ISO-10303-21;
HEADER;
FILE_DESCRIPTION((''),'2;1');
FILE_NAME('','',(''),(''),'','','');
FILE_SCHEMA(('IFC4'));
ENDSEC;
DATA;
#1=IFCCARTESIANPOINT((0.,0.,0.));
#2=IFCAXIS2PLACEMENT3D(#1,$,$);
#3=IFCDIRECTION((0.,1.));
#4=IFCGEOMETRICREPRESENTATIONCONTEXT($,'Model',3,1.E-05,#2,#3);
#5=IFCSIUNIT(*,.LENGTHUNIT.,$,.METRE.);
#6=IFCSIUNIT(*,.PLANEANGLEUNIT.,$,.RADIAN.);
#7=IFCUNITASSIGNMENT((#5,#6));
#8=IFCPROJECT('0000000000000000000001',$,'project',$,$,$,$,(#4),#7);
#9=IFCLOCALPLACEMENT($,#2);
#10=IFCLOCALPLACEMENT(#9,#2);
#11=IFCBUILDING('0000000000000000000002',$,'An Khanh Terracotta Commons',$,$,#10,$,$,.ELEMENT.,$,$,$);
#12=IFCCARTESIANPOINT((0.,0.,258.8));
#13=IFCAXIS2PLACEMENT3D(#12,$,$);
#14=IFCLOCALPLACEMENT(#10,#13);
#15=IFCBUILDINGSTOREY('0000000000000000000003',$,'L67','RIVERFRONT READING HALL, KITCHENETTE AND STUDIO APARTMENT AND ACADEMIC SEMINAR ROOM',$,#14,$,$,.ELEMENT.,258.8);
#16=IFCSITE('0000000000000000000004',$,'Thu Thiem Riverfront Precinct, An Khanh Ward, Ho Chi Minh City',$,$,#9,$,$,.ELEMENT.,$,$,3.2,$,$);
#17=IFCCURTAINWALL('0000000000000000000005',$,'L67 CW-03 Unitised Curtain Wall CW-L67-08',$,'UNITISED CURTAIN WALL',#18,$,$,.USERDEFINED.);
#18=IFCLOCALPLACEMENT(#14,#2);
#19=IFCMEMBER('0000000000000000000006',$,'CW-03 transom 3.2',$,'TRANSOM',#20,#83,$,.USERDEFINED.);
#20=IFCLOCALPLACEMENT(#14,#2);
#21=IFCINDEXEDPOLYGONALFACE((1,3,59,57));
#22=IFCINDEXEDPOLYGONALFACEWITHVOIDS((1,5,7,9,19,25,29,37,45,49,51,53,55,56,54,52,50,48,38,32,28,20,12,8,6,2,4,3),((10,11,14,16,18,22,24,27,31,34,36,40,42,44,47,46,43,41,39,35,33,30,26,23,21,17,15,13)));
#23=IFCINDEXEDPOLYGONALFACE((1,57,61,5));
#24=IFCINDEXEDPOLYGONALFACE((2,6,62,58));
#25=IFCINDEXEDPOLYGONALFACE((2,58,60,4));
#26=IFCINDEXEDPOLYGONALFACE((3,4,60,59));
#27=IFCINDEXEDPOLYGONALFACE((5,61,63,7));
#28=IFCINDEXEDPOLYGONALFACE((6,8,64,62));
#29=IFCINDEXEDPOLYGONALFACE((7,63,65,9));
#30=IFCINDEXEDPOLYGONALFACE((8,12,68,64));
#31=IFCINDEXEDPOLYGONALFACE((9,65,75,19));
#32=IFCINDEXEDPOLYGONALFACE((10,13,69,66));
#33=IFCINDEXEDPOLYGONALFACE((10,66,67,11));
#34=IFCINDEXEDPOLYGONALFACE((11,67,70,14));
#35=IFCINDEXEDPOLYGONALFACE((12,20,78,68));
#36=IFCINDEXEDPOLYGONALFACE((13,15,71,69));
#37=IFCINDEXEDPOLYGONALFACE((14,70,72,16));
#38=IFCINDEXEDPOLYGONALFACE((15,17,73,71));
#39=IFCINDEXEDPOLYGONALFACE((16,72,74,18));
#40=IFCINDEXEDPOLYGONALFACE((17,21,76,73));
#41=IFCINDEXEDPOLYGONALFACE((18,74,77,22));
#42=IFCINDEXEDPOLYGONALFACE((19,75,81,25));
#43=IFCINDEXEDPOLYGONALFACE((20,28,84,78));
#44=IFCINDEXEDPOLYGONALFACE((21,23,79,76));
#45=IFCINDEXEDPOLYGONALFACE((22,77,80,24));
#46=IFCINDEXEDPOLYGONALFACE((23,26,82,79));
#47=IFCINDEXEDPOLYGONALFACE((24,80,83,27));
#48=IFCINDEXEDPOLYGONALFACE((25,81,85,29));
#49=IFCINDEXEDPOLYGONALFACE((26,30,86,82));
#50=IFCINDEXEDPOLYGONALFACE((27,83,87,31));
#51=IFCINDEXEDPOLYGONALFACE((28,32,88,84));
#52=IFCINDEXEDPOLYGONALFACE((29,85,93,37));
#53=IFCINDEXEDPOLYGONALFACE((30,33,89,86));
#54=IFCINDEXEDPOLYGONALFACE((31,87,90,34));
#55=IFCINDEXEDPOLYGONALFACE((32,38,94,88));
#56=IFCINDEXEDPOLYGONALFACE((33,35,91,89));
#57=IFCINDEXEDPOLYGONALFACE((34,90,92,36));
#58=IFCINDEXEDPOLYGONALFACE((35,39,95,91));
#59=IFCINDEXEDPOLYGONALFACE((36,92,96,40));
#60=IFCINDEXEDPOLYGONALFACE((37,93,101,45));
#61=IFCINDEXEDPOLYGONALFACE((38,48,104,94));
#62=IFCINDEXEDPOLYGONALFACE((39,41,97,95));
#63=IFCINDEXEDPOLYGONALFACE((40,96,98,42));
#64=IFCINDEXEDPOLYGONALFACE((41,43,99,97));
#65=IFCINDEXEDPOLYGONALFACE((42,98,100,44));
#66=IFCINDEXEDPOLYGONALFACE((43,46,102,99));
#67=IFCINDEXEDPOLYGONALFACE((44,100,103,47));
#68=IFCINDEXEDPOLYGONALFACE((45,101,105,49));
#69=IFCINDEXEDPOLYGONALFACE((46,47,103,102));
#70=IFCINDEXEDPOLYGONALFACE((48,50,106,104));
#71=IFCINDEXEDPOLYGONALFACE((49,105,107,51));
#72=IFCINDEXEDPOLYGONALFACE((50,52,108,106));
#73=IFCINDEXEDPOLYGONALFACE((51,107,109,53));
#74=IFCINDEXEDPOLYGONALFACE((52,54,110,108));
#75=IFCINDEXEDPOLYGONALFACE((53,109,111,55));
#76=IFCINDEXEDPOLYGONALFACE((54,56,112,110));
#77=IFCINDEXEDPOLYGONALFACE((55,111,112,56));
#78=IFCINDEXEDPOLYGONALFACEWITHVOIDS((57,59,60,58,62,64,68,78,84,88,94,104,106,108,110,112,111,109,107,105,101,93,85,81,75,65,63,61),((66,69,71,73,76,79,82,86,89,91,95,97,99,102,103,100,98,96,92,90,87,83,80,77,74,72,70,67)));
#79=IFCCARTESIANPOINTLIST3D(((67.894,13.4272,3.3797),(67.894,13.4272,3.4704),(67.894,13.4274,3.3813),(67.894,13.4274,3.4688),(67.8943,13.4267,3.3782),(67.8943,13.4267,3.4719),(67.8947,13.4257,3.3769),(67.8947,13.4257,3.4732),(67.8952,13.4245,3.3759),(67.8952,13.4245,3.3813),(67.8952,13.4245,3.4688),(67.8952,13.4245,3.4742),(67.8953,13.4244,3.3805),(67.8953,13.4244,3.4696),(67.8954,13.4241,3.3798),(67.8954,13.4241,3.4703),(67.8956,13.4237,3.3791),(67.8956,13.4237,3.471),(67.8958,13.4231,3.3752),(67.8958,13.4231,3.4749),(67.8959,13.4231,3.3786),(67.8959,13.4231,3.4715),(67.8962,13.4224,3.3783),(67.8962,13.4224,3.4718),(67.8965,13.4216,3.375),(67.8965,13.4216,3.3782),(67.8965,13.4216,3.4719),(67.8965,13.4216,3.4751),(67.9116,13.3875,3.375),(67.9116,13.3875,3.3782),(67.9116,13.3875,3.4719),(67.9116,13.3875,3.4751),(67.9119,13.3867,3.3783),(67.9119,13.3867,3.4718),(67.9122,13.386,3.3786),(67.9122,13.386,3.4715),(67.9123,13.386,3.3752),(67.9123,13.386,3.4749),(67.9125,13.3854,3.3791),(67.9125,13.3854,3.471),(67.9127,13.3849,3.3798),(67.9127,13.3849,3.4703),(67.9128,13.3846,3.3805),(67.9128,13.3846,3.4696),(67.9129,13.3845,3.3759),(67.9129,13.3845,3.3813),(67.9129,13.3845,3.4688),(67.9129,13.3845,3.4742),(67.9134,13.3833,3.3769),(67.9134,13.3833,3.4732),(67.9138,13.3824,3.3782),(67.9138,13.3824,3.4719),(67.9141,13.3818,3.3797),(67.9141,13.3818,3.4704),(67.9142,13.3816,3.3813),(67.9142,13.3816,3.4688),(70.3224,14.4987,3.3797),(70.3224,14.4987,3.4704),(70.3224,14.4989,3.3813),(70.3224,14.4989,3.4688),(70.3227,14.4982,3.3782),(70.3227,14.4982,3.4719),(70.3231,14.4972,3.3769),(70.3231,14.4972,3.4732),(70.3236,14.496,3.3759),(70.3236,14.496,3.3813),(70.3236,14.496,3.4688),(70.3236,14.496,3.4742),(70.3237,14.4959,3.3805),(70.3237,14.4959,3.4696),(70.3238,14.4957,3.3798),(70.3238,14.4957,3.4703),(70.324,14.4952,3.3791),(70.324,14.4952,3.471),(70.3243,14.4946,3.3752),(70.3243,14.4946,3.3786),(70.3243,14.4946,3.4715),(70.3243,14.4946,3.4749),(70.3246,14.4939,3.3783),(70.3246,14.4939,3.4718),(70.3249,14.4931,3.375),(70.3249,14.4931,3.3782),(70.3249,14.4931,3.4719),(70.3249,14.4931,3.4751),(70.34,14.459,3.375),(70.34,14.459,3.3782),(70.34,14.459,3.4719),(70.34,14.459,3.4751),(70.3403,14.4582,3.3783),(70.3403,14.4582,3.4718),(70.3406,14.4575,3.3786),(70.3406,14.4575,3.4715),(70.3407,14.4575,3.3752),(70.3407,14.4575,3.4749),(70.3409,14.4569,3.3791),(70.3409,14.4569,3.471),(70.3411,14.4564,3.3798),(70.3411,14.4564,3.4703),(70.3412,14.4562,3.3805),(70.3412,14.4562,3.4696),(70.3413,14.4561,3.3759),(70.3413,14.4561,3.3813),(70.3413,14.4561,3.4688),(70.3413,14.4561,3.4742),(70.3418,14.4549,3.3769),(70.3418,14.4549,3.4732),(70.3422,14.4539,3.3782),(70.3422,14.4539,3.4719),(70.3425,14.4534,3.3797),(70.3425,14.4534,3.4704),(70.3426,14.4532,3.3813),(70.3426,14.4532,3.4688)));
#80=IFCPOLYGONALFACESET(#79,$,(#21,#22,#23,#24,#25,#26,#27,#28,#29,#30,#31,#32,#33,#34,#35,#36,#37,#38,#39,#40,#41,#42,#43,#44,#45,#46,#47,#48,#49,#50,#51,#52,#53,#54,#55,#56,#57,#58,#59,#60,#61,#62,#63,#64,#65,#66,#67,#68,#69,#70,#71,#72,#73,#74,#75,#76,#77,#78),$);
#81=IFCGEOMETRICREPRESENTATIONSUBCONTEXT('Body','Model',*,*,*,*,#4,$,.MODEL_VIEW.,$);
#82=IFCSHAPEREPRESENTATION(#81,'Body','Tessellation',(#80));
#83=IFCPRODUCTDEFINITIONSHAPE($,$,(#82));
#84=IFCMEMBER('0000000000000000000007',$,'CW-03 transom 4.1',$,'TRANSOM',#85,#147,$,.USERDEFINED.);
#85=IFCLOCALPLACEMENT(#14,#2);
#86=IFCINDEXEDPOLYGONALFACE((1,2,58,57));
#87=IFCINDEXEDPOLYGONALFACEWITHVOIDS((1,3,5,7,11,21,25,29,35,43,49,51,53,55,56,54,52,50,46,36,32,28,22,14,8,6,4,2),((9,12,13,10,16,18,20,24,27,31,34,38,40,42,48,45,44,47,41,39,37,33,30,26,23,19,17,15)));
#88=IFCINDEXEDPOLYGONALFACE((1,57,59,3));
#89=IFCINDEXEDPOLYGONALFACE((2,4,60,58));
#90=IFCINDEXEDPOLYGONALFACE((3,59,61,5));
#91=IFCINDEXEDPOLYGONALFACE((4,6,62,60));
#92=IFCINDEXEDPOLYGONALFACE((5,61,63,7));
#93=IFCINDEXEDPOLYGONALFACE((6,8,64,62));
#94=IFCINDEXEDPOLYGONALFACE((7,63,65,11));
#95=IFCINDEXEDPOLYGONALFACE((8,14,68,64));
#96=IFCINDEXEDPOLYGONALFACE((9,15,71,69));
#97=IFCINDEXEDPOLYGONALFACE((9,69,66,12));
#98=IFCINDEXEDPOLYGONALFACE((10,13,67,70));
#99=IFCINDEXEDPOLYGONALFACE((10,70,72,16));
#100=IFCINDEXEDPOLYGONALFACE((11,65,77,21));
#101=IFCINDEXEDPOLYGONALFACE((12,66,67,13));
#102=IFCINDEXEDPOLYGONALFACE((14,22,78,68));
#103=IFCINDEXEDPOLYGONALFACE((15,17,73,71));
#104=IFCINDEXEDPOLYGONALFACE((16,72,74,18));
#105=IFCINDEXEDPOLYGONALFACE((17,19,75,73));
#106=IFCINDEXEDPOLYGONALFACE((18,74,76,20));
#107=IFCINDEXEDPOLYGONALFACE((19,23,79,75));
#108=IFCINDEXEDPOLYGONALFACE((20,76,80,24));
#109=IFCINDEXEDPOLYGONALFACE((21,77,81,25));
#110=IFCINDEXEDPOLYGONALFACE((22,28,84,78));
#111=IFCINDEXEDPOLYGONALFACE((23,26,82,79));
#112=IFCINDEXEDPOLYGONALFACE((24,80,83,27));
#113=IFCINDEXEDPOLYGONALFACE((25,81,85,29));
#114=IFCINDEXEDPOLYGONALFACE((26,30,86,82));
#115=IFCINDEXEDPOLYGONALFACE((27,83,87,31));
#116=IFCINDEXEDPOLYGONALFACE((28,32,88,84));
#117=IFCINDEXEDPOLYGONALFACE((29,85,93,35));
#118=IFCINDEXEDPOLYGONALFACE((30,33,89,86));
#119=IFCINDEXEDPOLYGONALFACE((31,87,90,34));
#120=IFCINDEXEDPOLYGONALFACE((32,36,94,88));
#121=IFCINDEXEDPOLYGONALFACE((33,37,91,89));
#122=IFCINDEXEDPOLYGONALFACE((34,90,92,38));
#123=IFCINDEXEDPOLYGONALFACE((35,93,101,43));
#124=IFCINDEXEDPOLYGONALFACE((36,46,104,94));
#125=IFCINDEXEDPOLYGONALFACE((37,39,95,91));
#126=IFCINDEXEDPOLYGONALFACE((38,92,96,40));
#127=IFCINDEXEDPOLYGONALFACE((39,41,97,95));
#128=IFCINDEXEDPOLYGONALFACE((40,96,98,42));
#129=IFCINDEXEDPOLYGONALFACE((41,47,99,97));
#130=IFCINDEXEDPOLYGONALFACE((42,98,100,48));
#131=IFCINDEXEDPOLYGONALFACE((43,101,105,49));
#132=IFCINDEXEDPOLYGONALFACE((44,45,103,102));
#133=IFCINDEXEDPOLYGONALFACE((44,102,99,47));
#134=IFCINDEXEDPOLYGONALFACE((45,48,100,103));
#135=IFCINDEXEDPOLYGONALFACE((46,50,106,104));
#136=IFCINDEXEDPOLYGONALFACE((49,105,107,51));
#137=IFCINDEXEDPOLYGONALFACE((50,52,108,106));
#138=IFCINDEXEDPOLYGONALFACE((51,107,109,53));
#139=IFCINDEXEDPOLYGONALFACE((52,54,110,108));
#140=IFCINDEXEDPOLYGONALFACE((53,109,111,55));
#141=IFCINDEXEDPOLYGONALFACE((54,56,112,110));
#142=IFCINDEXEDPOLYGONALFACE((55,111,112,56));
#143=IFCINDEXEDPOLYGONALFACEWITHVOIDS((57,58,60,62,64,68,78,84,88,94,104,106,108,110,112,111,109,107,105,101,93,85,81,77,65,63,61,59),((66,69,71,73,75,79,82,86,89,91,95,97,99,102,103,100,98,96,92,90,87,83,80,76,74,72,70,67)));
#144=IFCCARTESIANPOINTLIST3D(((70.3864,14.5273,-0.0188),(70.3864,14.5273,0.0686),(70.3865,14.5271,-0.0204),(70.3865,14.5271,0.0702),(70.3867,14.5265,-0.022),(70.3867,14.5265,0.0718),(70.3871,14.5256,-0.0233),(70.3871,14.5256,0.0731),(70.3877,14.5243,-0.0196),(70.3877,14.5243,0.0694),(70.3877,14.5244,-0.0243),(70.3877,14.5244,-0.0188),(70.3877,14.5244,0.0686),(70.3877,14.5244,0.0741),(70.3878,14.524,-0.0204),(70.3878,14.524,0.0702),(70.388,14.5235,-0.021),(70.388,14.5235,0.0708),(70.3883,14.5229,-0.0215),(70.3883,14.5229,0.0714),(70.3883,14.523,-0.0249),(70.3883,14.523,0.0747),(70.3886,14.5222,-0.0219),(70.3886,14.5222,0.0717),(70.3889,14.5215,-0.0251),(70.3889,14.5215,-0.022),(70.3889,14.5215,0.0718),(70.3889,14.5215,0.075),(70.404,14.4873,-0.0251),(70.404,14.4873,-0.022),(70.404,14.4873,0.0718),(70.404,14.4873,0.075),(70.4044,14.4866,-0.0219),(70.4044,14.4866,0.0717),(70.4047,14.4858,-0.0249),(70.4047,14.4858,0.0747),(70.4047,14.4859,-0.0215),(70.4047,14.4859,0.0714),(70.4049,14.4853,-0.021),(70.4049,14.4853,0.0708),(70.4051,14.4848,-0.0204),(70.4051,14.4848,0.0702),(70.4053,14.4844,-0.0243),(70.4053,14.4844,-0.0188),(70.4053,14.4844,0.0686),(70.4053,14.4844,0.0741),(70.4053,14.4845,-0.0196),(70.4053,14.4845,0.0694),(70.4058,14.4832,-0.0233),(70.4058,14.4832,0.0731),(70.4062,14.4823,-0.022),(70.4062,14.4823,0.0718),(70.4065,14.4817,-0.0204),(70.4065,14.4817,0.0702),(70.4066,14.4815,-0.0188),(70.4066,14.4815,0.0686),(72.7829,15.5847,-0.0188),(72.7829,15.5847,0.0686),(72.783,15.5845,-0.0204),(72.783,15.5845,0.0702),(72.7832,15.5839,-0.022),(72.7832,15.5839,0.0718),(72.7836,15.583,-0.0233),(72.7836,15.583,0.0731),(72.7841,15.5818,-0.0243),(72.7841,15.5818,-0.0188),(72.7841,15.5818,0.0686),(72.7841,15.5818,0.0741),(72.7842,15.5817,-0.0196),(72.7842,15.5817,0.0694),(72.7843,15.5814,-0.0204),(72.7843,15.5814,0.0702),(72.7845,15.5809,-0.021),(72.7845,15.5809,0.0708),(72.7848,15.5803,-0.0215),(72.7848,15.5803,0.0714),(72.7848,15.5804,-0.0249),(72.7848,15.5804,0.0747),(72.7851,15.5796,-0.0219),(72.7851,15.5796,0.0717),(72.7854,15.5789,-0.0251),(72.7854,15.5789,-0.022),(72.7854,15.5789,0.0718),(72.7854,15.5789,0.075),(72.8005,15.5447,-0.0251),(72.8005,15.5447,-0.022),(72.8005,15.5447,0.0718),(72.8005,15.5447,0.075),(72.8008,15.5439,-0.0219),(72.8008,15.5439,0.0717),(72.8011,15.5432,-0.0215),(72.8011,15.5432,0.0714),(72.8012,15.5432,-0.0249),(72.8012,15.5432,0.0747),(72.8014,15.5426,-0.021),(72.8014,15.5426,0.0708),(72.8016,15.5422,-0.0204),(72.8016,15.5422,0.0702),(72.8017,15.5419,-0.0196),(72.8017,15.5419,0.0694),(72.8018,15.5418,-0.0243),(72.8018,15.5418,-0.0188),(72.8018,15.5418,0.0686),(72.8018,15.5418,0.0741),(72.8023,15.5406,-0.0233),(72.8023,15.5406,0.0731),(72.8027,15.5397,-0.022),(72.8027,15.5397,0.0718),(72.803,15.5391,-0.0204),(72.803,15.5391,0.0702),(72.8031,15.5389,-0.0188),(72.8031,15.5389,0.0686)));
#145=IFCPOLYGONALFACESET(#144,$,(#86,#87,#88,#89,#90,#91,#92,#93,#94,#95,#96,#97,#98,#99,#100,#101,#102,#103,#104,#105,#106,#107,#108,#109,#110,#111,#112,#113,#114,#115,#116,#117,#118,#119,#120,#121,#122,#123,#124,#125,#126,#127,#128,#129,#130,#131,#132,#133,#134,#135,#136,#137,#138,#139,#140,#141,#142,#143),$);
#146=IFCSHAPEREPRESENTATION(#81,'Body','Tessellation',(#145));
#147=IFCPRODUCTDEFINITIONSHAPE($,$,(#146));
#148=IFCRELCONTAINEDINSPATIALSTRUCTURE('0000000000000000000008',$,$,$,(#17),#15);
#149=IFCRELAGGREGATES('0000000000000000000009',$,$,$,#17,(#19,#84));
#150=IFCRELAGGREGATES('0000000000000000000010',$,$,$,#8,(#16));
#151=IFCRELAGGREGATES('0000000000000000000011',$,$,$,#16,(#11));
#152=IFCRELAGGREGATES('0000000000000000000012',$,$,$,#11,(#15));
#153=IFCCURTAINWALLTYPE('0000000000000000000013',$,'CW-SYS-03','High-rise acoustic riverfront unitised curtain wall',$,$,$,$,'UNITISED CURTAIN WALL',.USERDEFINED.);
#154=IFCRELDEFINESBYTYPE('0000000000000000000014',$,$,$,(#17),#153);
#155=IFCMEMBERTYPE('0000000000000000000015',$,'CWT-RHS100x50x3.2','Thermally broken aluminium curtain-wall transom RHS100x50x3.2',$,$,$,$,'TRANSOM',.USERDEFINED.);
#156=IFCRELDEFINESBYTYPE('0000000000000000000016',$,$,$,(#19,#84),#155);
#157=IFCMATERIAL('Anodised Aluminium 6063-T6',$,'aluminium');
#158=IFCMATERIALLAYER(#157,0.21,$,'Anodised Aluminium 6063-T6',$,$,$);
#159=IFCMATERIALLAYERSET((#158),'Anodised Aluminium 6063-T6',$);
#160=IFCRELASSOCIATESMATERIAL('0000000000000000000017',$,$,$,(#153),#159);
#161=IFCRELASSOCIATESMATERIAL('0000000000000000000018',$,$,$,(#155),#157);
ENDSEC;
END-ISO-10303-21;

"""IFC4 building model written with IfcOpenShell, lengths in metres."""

from ifc_helpers import new_model, si_unit, direction, frame, origin, origin_2d, place, context, subcontext, project, spatial, hollow_rectangle, extrude, material, layer, layer_set, material_profile, profile_set, type_object, element, aggregate, save


model = new_model("IFC4")

# Units and contexts
model_context = context("Model", 3, precision=1e-05, world=origin(), true_north=direction((0.0, 1.0)))
body_context = subcontext(model_context, "Body", "Model", "MODEL_VIEW")
ifc_project = project(units=[si_unit("LENGTHUNIT", "METRE"), si_unit("PLANEANGLEUNIT", "RADIAN")], contexts=[model_context])

# Site, building, storey
site_placement = place(None, origin())
site = spatial("IfcSite", under=ifc_project, at=site_placement, Name="Thu Thiem Riverfront Precinct, An Khanh Ward, Ho Chi Minh City", CompositionType="ELEMENT", RefElevation=3.2)
building_placement = place(site_placement, origin())
building = spatial("IfcBuilding", under=site, at=building_placement, Name="An Khanh Terracotta Commons", CompositionType="ELEMENT")
storey_placement = place(building_placement, frame((0.0, 0.0, 258.8)))
storey = spatial("IfcBuildingStorey", under=building, at=storey_placement, Name="L67", Description="RIVERFRONT READING HALL, KITCHENETTE AND STUDIO APARTMENT AND ACADEMIC SEMINAR ROOM", CompositionType="ELEMENT", Elevation=258.8)

# Curtain wall
ifc_material_1 = material(Name="Anodised Aluminium 6063-T6", Category="aluminium")
ifc_layer_1 = layer(ifc_material_1, 0.21, Name="Anodised Aluminium 6063-T6")
ifc_layer_set_1 = layer_set([ifc_layer_1], Name="Anodised Aluminium 6063-T6")
curtain_wall_type = type_object("IfcCurtainWallType", Name="CW-SYS-03", Description="High-rise acoustic riverfront unitised curtain wall", ElementType="UNITISED CURTAIN WALL", PredefinedType="USERDEFINED", material=ifc_layer_set_1)
curtain_wall_1_placement = place(storey_placement, origin())
curtain_wall_1 = element("IfcCurtainWall", 1, at=curtain_wall_1_placement, inside=storey, type_object=curtain_wall_type, Name="L67 CW-03 Unitised Curtain Wall CW-L67-08", ObjectType="UNITISED CURTAIN WALL", PredefinedType="USERDEFINED")

# Members
ifc_material_profile_1 = material_profile(ifc_material_1, hollow_rectangle(XDim=0.05, YDim=0.1001, WallThickness=0.0032, InnerFilletRadius=0.0032, OuterFilletRadius=0.0063, at=origin_2d()), Name="RHS100x50x3.2")
ifc_profile_set_1 = profile_set([ifc_material_profile_1], Name="Anodised Aluminium 6063-T6")
member_type_1 = type_object("IfcMemberType", Name="CWT-RHS100x50x3.2", Description="Thermally broken aluminium curtain-wall transom RHS100x50x3.2", ElementType="TRANSOM", PredefinedType="USERDEFINED", material=ifc_profile_set_1)
member_1_placement = place(storey_placement, frame((67.9041, 13.4045, 3.425), z_axis=(0.914897, 0.403688, 0.0), x_axis=(-0.403688, 0.914897, 0.0)))
member_1 = element("IfcMember", 2, at=member_1_placement, type_object=member_type_1, Name="CW-03 transom 3.2", ObjectType="TRANSOM", PredefinedType="USERDEFINED", context=body_context, shape_type="SweptSolid", body=[
    extrude(hollow_rectangle(XDim=0.05, YDim=0.1001, WallThickness=0.0032, InnerFilletRadius=0.0032, OuterFilletRadius=0.0063, at=origin_2d()), origin(), (0.0, 0.0, 1.0), 2.6543),
])
member_2_placement = place(storey_placement, frame((70.3965, 14.5044, 0.0249), z_axis=(0.914904, 0.403672, 0.0), x_axis=(-0.403672, 0.914904, 0.0)))
member_2 = element("IfcMember", 3, at=member_2_placement, type_object=member_type_1, Name="CW-03 transom 4.1", ObjectType="TRANSOM", PredefinedType="USERDEFINED", context=body_context, shape_type="SweptSolid", body=[
    extrude(hollow_rectangle(XDim=0.05, YDim=0.1001, WallThickness=0.0032, InnerFilletRadius=0.0032, OuterFilletRadius=0.0063, at=origin_2d()), origin(), (0.0, 0.0, 1.0), 2.6194),
])

aggregate(curtain_wall_1, [member_1, member_2])

save(model, "model.ifc")
